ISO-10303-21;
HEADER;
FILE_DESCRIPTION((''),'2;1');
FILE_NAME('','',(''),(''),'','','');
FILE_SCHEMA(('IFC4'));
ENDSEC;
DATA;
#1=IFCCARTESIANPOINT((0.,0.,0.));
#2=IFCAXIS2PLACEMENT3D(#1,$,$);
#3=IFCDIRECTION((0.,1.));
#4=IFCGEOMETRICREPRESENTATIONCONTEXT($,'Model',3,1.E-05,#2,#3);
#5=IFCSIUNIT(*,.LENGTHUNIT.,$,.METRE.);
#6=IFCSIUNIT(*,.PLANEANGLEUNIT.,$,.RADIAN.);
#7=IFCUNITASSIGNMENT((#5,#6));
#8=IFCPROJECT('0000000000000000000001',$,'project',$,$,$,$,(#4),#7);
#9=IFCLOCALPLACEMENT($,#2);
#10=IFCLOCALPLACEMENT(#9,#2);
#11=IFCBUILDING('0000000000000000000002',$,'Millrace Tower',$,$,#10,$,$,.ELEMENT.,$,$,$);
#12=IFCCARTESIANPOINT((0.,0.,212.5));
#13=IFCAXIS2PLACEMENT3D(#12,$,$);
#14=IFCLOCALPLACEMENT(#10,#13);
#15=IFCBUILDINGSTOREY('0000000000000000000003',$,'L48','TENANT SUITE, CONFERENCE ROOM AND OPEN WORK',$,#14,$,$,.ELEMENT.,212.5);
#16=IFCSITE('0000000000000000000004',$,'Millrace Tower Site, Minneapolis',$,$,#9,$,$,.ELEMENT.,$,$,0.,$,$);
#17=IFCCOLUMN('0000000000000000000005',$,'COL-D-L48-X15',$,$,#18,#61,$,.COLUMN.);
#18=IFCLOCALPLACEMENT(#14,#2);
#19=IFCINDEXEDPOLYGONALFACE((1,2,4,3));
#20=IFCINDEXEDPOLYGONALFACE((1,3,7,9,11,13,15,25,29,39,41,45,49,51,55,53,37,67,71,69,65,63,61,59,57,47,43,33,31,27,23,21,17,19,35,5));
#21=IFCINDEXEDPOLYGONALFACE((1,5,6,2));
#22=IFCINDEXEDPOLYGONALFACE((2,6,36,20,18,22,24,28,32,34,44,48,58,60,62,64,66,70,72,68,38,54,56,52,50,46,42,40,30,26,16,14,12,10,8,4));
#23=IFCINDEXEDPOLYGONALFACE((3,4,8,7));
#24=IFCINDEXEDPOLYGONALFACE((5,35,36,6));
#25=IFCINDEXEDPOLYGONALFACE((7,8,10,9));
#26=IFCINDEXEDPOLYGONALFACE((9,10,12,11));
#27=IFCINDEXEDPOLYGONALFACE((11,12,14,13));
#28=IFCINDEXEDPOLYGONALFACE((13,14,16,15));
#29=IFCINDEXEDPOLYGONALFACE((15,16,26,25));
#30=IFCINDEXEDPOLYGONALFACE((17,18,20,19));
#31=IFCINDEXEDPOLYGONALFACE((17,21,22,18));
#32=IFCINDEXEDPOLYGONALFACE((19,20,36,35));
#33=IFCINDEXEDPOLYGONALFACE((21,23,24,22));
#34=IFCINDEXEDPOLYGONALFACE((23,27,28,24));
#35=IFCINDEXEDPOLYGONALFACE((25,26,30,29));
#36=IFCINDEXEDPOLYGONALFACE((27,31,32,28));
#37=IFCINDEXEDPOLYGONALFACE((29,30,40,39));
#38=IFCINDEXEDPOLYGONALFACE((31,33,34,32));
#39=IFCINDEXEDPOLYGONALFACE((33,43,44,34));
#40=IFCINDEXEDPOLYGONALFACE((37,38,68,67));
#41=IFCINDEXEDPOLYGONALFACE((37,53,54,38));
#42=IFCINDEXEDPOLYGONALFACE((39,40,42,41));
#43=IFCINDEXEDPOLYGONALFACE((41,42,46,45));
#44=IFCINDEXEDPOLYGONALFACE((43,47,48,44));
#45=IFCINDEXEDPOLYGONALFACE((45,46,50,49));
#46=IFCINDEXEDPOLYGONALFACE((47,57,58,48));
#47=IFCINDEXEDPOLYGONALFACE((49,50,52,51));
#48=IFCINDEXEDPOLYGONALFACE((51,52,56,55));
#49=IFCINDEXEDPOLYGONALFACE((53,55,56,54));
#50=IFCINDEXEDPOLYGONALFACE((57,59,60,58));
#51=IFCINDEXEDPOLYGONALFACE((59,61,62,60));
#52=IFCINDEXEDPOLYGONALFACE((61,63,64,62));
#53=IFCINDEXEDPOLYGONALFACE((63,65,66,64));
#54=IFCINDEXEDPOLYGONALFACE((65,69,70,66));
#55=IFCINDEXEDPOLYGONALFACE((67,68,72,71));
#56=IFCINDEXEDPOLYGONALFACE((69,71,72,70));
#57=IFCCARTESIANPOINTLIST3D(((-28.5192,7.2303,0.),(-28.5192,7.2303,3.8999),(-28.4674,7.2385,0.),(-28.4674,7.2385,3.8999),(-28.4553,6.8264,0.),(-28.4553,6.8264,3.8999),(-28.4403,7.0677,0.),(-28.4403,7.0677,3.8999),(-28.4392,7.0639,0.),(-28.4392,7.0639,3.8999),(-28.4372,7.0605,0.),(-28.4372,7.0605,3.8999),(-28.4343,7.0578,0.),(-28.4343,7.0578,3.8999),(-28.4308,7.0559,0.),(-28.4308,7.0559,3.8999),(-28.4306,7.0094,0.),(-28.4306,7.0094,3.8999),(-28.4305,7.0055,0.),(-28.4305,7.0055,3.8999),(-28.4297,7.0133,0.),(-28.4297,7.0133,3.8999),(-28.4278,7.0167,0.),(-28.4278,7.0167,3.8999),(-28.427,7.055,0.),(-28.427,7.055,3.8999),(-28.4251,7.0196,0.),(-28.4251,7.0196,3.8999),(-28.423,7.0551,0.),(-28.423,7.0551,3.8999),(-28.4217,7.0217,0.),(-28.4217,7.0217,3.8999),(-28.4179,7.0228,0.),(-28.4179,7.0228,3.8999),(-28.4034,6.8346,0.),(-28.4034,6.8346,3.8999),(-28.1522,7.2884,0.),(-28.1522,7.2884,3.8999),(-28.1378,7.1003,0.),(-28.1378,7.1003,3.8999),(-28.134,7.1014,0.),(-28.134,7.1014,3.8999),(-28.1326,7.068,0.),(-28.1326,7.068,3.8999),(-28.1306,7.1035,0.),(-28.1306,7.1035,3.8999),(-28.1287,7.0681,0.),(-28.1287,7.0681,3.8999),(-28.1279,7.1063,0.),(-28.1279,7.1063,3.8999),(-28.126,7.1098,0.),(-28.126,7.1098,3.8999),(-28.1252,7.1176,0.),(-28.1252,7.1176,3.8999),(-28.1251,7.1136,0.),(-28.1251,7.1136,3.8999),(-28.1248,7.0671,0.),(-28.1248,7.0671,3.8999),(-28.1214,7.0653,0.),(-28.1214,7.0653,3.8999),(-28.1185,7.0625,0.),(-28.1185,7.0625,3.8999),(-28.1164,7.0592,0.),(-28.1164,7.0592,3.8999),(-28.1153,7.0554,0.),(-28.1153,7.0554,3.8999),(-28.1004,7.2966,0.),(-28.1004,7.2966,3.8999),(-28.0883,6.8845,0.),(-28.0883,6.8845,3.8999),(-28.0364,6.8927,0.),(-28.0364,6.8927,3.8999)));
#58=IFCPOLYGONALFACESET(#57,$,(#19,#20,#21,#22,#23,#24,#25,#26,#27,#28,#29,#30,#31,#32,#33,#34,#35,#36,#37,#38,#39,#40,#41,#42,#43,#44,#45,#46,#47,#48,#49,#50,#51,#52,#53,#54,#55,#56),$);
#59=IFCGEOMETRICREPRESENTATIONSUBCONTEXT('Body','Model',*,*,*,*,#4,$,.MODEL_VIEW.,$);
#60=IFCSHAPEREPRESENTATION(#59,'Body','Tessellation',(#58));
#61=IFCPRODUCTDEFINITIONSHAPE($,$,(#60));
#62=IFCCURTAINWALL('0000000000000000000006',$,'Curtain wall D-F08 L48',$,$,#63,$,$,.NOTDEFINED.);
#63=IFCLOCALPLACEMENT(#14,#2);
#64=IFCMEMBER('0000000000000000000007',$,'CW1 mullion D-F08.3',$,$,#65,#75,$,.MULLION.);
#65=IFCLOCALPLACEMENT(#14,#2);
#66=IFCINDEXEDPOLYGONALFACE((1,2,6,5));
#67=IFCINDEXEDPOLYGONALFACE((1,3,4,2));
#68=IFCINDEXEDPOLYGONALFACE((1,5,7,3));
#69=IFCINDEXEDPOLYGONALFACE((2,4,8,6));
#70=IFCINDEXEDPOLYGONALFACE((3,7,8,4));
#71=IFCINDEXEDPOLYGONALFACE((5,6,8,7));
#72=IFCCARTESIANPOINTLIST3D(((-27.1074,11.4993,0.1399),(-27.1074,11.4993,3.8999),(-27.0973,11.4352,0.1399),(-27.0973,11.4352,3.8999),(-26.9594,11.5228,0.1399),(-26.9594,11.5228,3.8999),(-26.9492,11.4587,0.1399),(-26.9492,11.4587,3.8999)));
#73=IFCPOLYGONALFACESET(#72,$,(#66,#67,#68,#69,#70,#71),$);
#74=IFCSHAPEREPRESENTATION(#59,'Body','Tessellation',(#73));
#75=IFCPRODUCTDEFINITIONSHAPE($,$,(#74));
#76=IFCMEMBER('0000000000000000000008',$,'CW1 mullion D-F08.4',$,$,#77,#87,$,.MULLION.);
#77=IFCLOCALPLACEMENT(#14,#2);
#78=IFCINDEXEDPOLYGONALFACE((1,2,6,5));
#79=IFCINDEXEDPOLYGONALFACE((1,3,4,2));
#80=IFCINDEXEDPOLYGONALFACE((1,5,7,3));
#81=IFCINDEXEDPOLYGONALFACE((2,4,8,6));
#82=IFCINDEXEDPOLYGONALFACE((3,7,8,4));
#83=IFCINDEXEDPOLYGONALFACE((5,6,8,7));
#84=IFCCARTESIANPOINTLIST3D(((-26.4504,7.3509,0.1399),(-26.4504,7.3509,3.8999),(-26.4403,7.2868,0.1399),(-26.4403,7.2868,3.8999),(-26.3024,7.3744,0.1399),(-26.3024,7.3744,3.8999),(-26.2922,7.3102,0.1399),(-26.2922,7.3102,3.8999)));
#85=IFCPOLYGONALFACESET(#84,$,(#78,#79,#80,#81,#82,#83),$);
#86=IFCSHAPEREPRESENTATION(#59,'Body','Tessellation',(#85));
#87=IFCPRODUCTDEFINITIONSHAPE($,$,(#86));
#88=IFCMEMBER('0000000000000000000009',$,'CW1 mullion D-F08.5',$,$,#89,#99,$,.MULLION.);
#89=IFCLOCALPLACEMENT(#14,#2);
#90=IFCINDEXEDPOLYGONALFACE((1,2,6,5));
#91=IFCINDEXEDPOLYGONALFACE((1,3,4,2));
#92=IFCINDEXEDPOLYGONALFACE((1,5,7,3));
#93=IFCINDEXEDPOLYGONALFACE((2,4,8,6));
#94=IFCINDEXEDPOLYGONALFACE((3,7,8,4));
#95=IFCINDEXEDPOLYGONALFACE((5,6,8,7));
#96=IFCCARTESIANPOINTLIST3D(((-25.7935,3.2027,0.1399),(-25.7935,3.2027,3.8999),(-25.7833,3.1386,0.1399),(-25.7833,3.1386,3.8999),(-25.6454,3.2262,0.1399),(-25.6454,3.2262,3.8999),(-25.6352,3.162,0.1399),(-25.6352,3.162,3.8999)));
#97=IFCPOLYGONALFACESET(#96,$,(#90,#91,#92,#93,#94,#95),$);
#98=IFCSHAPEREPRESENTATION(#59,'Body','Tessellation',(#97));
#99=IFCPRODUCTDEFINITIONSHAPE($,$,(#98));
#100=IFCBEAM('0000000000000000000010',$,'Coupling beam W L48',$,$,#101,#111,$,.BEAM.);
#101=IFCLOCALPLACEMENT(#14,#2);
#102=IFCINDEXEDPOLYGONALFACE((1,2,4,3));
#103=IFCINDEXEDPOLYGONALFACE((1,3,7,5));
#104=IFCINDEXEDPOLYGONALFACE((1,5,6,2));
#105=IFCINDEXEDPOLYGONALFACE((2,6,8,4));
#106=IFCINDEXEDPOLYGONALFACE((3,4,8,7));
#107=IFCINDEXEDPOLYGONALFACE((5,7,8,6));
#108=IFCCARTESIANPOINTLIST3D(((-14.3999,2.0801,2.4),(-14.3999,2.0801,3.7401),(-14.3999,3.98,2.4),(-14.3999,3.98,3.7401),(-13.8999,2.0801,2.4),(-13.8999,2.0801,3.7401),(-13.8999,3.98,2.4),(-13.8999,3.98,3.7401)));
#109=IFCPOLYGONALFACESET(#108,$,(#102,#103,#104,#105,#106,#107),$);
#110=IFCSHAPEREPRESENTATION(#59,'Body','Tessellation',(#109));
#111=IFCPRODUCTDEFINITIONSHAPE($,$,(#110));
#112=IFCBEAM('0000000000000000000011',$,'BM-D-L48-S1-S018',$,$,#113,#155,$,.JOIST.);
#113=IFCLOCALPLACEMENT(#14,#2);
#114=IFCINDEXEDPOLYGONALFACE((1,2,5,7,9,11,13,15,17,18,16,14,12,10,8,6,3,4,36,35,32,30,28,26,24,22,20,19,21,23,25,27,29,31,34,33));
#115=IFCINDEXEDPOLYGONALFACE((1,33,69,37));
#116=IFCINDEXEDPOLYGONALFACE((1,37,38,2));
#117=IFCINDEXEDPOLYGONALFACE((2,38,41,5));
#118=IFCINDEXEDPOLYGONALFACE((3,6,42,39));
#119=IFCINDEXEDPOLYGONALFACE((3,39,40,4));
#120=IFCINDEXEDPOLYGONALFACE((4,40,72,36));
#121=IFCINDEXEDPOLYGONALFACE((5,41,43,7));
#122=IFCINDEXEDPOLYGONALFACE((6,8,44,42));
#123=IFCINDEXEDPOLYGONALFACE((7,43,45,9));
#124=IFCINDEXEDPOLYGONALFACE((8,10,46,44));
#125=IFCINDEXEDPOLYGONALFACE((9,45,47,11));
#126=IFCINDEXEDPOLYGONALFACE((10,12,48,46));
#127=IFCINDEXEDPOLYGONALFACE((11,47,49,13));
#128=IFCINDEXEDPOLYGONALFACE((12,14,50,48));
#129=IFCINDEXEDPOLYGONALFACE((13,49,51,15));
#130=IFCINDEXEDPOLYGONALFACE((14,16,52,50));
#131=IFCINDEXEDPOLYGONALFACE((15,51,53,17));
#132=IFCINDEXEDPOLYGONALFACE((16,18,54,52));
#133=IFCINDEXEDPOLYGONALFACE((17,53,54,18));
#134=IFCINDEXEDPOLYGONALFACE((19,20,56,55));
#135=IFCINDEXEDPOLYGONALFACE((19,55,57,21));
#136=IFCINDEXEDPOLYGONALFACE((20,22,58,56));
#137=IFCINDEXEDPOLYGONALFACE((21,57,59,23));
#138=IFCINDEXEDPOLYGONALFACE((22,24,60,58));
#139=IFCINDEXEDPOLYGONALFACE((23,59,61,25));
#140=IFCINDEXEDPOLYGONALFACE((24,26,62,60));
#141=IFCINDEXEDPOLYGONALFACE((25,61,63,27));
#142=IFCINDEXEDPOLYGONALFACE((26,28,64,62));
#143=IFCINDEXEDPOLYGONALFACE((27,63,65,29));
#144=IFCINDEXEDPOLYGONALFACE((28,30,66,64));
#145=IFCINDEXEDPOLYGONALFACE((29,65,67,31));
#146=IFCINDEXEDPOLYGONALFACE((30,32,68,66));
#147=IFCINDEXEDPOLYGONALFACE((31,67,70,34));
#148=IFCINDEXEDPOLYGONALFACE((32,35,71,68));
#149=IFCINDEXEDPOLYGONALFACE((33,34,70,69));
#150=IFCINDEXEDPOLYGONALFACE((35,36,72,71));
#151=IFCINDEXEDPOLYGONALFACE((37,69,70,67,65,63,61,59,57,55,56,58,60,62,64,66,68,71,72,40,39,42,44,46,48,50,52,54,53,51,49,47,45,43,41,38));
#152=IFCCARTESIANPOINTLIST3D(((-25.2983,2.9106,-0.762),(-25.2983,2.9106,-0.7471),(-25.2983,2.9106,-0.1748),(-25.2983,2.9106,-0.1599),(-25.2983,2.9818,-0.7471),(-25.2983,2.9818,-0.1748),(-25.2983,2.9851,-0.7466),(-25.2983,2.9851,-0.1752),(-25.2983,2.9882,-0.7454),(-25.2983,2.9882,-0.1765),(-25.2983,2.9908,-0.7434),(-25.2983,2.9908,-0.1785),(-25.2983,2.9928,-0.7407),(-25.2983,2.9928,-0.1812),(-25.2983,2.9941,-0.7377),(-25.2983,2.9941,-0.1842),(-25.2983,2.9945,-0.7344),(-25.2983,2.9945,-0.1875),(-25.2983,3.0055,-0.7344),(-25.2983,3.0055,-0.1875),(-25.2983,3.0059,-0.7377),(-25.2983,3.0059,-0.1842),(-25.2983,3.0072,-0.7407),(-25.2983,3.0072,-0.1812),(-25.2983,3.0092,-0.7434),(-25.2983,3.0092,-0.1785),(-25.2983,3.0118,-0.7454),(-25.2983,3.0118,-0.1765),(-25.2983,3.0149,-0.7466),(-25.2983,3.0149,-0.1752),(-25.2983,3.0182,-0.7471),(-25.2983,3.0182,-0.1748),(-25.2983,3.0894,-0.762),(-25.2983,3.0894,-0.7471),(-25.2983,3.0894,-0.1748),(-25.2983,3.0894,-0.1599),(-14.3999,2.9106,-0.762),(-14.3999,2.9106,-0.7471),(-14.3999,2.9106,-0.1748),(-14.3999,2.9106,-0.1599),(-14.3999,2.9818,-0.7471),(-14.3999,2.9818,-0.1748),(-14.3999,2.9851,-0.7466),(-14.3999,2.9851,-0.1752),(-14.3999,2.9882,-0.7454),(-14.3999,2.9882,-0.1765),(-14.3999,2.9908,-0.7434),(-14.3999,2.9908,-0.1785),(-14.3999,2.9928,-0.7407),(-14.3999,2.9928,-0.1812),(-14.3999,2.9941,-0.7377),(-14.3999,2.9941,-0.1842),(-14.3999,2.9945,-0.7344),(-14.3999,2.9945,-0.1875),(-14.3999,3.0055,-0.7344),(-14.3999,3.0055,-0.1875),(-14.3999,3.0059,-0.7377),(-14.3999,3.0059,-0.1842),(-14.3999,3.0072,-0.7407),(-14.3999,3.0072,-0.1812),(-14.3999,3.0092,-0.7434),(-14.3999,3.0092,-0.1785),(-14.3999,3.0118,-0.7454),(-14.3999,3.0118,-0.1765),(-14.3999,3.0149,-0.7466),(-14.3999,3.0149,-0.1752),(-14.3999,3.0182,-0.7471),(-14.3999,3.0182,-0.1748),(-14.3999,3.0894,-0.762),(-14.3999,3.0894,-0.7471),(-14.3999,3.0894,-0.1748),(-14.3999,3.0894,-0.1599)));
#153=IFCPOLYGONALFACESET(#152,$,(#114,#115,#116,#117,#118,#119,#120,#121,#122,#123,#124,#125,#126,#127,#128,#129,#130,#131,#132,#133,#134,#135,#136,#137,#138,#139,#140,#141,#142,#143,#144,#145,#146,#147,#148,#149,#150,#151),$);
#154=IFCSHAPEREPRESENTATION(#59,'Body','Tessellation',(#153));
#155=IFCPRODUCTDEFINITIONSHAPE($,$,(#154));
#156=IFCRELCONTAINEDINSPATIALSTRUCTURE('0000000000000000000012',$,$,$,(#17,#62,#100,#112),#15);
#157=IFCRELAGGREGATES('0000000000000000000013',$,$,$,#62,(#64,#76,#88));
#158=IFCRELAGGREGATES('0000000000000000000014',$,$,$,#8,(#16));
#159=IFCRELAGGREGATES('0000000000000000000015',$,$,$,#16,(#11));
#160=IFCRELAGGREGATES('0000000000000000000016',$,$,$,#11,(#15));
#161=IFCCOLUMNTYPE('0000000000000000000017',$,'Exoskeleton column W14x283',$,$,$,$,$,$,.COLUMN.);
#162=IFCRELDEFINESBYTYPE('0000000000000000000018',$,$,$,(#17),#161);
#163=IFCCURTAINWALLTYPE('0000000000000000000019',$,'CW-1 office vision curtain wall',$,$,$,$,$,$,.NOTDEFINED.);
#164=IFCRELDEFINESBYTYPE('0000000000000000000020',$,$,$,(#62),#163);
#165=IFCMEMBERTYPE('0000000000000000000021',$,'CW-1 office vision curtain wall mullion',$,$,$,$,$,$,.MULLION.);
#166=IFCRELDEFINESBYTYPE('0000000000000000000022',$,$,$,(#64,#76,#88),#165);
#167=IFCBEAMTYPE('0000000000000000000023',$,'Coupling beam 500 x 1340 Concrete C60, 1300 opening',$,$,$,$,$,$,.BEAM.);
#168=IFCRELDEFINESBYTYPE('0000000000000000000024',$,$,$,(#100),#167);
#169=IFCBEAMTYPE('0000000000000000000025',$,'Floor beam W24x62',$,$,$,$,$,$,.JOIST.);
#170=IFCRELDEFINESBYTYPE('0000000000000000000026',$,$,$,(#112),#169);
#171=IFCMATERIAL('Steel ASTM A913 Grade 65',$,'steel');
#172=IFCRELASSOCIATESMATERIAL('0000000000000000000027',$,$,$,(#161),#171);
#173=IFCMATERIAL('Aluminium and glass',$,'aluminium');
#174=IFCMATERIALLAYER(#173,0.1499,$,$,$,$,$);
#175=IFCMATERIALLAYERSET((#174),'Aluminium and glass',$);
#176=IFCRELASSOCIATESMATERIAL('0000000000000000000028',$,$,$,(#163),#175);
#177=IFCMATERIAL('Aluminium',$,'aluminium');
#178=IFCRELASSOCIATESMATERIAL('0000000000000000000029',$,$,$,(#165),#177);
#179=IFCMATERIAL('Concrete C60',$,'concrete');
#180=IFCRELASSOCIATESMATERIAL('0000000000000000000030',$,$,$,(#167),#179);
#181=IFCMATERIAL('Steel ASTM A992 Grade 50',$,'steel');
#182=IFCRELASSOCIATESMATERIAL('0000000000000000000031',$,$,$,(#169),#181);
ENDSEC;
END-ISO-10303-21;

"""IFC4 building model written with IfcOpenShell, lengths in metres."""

from ifc_helpers import new_model, si_unit, direction, frame, origin, origin_2d, place, context, subcontext, project, spatial, rectangle, i_section, extrude, material, layer, layer_set, material_profile, profile_set, type_object, element, aggregate, save


model = new_model("IFC4")

# Units and contexts
model_context = context("Model", 3, precision=1e-05, world=origin(), true_north=direction((0.0, 1.0)))
body_context = subcontext(model_context, "Body", "Model", "MODEL_VIEW")
ifc_project = project(units=[si_unit("LENGTHUNIT", "METRE"), si_unit("PLANEANGLEUNIT", "RADIAN")], contexts=[model_context])

# Site, building, storey
site_placement = place(None, origin())
site = spatial("IfcSite", under=ifc_project, at=site_placement, Name="Millrace Tower Site, Minneapolis", CompositionType="ELEMENT", RefElevation=0.0)
building_placement = place(site_placement, origin())
building = spatial("IfcBuilding", under=site, at=building_placement, Name="Millrace Tower", CompositionType="ELEMENT")
storey_placement = place(building_placement, frame((0.0, 0.0, 212.5)))
storey = spatial("IfcBuildingStorey", under=building, at=storey_placement, Name="L48", Description="TENANT SUITE, CONFERENCE ROOM AND OPEN WORK", CompositionType="ELEMENT", Elevation=212.5)

# Column
ifc_material_1 = material(Name="Steel ASTM A913 Grade 65", Category="steel")
ifc_material_profile_1 = material_profile(ifc_material_1, i_section(OverallWidth=0.4089, OverallDepth=0.4241, WebThickness=0.0327, FlangeThickness=0.0525, FilletRadius=0.0151, at=origin_2d()))
ifc_profile_set_1 = profile_set([ifc_material_profile_1], Name="Steel ASTM A913 Grade 65")
column_type = type_object("IfcColumnType", Name="Exoskeleton column W14x283", PredefinedType="COLUMN", material=ifc_profile_set_1)
column_placement = place(storey_placement, frame((-28.2778, 7.0615, 0.0), z_axis=(0.0, 0.0, 1.0), x_axis=(0.156434, -0.987688, 0.0)))
element("IfcColumn", 1, at=column_placement, inside=storey, type_object=column_type, Name="COL-D-L48-X15", PredefinedType="COLUMN", context=body_context, shape_type="SweptSolid", body=[
    extrude(i_section(OverallWidth=0.4089, OverallDepth=0.4241, WebThickness=0.0327, FlangeThickness=0.0525, FilletRadius=0.0151, at=origin_2d()), origin(), (0.0, 0.0, 1.0), 3.8999),
])

# Curtain wall, members
ifc_material_2 = material(Name="Aluminium and glass", Category="aluminium")
ifc_layer_1 = layer(ifc_material_2, 0.1499)
ifc_layer_set_1 = layer_set([ifc_layer_1], Name="Aluminium and glass")
curtain_wall_type = type_object("IfcCurtainWallType", Name="CW-1 office vision curtain wall", PredefinedType="NOTDEFINED", material=ifc_layer_set_1)
placement = place(storey_placement, origin())
curtain_wall = element("IfcCurtainWall", 2, at=placement, inside=storey, type_object=curtain_wall_type, Name="Curtain wall D-F08 L48", PredefinedType="NOTDEFINED")
ifc_material_3 = material(Name="Aluminium", Category="aluminium")
ifc_material_profile_2 = material_profile(ifc_material_3, rectangle(XDim=0.0649, YDim=0.1499, at=origin_2d()))
ifc_profile_set_2 = profile_set([ifc_material_profile_2], Name="Aluminium")
member_type = type_object("IfcMemberType", Name="CW-1 office vision curtain wall mullion", PredefinedType="MULLION", material=ifc_profile_set_2)
member_1_placement = place(storey_placement, frame((-27.0283, 11.479, 0.1399), z_axis=(0.0, 0.0, 1.0), x_axis=(0.156434, -0.987688, 0.0)))
member_1 = element("IfcMember", 3, at=member_1_placement, type_object=member_type, Name="CW1 mullion D-F08.3", PredefinedType="MULLION", context=body_context, shape_type="SweptSolid", body=[
    extrude(rectangle(XDim=0.0649, YDim=0.1499, at=origin_2d()), origin(), (0.0, 0.0, 1.0), 3.76),
])
member_2_placement = place(storey_placement, frame((-26.3713, 7.3306, 0.1399), z_axis=(0.0, 0.0, 1.0), x_axis=(0.156434, -0.987688, 0.0)))
member_2 = element("IfcMember", 4, at=member_2_placement, type_object=member_type, Name="CW1 mullion D-F08.4", PredefinedType="MULLION", context=body_context, shape_type="SweptSolid", body=[
    extrude(rectangle(XDim=0.0649, YDim=0.1499, at=origin_2d()), origin(), (0.0, 0.0, 1.0), 3.76),
])
member_3_placement = place(storey_placement, frame((-25.7144, 3.1824, 0.1399), z_axis=(0.0, 0.0, 1.0), x_axis=(0.156434, -0.987688, 0.0)))
member_3 = element("IfcMember", 5, at=member_3_placement, type_object=member_type, Name="CW1 mullion D-F08.5", PredefinedType="MULLION", context=body_context, shape_type="SweptSolid", body=[
    extrude(rectangle(XDim=0.0649, YDim=0.1499, at=origin_2d()), origin(), (0.0, 0.0, 1.0), 3.76),
])
aggregate(curtain_wall, [member_1, member_2, member_3])

# Beams
ifc_material_4 = material(Name="Concrete C60", Category="concrete")
ifc_material_profile_3 = material_profile(ifc_material_4, rectangle(XDim=0.5, YDim=1.3401, at=origin_2d()))
ifc_profile_set_3 = profile_set([ifc_material_profile_3], Name="Concrete C60")
beam_type_1 = type_object("IfcBeamType", Name="Coupling beam 500 x 1340 Concrete C60, 1300 opening", PredefinedType="BEAM", material=ifc_profile_set_3)
beam_1_placement = place(storey_placement, frame((-14.1499, 2.0801, 3.0701), z_axis=(0.0, 1.0, 0.0), x_axis=(-1.0, 0.0, 0.0)))
element("IfcBeam", 6, at=beam_1_placement, inside=storey, type_object=beam_type_1, Name="Coupling beam W L48", PredefinedType="BEAM", context=body_context, shape_type="SweptSolid", body=[
    extrude(rectangle(XDim=0.5, YDim=1.3401, at=origin_2d()), origin(), (0.0, 0.0, 1.0), 1.8999),
])
ifc_material_5 = material(Name="Steel ASTM A992 Grade 50", Category="steel")
ifc_material_profile_4 = material_profile(ifc_material_5, i_section(OverallWidth=0.1787, OverallDepth=0.6021, WebThickness=0.011, FlangeThickness=0.0149, FilletRadius=0.0127, at=origin_2d()))
ifc_profile_set_4 = profile_set([ifc_material_profile_4], Name="Steel ASTM A992 Grade 50")
beam_type_2 = type_object("IfcBeamType", Name="Floor beam W24x62", PredefinedType="JOIST", material=ifc_profile_set_4)
beam_2_placement = place(storey_placement, frame((-25.2983, 3.0, -0.4609), z_axis=(1.0, 0.0, 0.0), x_axis=(0.0, 1.0, 0.0)))
element("IfcBeam", 7, at=beam_2_placement, inside=storey, type_object=beam_type_2, Name="BM-D-L48-S1-S018", PredefinedType="JOIST", context=body_context, shape_type="SweptSolid", body=[
    extrude(i_section(OverallWidth=0.1787, OverallDepth=0.6021, WebThickness=0.011, FlangeThickness=0.0149, FilletRadius=0.0127, at=origin_2d()), origin(), (0.0, 0.0, 1.0), 10.8984),
])

save(model, "model.ifc")
